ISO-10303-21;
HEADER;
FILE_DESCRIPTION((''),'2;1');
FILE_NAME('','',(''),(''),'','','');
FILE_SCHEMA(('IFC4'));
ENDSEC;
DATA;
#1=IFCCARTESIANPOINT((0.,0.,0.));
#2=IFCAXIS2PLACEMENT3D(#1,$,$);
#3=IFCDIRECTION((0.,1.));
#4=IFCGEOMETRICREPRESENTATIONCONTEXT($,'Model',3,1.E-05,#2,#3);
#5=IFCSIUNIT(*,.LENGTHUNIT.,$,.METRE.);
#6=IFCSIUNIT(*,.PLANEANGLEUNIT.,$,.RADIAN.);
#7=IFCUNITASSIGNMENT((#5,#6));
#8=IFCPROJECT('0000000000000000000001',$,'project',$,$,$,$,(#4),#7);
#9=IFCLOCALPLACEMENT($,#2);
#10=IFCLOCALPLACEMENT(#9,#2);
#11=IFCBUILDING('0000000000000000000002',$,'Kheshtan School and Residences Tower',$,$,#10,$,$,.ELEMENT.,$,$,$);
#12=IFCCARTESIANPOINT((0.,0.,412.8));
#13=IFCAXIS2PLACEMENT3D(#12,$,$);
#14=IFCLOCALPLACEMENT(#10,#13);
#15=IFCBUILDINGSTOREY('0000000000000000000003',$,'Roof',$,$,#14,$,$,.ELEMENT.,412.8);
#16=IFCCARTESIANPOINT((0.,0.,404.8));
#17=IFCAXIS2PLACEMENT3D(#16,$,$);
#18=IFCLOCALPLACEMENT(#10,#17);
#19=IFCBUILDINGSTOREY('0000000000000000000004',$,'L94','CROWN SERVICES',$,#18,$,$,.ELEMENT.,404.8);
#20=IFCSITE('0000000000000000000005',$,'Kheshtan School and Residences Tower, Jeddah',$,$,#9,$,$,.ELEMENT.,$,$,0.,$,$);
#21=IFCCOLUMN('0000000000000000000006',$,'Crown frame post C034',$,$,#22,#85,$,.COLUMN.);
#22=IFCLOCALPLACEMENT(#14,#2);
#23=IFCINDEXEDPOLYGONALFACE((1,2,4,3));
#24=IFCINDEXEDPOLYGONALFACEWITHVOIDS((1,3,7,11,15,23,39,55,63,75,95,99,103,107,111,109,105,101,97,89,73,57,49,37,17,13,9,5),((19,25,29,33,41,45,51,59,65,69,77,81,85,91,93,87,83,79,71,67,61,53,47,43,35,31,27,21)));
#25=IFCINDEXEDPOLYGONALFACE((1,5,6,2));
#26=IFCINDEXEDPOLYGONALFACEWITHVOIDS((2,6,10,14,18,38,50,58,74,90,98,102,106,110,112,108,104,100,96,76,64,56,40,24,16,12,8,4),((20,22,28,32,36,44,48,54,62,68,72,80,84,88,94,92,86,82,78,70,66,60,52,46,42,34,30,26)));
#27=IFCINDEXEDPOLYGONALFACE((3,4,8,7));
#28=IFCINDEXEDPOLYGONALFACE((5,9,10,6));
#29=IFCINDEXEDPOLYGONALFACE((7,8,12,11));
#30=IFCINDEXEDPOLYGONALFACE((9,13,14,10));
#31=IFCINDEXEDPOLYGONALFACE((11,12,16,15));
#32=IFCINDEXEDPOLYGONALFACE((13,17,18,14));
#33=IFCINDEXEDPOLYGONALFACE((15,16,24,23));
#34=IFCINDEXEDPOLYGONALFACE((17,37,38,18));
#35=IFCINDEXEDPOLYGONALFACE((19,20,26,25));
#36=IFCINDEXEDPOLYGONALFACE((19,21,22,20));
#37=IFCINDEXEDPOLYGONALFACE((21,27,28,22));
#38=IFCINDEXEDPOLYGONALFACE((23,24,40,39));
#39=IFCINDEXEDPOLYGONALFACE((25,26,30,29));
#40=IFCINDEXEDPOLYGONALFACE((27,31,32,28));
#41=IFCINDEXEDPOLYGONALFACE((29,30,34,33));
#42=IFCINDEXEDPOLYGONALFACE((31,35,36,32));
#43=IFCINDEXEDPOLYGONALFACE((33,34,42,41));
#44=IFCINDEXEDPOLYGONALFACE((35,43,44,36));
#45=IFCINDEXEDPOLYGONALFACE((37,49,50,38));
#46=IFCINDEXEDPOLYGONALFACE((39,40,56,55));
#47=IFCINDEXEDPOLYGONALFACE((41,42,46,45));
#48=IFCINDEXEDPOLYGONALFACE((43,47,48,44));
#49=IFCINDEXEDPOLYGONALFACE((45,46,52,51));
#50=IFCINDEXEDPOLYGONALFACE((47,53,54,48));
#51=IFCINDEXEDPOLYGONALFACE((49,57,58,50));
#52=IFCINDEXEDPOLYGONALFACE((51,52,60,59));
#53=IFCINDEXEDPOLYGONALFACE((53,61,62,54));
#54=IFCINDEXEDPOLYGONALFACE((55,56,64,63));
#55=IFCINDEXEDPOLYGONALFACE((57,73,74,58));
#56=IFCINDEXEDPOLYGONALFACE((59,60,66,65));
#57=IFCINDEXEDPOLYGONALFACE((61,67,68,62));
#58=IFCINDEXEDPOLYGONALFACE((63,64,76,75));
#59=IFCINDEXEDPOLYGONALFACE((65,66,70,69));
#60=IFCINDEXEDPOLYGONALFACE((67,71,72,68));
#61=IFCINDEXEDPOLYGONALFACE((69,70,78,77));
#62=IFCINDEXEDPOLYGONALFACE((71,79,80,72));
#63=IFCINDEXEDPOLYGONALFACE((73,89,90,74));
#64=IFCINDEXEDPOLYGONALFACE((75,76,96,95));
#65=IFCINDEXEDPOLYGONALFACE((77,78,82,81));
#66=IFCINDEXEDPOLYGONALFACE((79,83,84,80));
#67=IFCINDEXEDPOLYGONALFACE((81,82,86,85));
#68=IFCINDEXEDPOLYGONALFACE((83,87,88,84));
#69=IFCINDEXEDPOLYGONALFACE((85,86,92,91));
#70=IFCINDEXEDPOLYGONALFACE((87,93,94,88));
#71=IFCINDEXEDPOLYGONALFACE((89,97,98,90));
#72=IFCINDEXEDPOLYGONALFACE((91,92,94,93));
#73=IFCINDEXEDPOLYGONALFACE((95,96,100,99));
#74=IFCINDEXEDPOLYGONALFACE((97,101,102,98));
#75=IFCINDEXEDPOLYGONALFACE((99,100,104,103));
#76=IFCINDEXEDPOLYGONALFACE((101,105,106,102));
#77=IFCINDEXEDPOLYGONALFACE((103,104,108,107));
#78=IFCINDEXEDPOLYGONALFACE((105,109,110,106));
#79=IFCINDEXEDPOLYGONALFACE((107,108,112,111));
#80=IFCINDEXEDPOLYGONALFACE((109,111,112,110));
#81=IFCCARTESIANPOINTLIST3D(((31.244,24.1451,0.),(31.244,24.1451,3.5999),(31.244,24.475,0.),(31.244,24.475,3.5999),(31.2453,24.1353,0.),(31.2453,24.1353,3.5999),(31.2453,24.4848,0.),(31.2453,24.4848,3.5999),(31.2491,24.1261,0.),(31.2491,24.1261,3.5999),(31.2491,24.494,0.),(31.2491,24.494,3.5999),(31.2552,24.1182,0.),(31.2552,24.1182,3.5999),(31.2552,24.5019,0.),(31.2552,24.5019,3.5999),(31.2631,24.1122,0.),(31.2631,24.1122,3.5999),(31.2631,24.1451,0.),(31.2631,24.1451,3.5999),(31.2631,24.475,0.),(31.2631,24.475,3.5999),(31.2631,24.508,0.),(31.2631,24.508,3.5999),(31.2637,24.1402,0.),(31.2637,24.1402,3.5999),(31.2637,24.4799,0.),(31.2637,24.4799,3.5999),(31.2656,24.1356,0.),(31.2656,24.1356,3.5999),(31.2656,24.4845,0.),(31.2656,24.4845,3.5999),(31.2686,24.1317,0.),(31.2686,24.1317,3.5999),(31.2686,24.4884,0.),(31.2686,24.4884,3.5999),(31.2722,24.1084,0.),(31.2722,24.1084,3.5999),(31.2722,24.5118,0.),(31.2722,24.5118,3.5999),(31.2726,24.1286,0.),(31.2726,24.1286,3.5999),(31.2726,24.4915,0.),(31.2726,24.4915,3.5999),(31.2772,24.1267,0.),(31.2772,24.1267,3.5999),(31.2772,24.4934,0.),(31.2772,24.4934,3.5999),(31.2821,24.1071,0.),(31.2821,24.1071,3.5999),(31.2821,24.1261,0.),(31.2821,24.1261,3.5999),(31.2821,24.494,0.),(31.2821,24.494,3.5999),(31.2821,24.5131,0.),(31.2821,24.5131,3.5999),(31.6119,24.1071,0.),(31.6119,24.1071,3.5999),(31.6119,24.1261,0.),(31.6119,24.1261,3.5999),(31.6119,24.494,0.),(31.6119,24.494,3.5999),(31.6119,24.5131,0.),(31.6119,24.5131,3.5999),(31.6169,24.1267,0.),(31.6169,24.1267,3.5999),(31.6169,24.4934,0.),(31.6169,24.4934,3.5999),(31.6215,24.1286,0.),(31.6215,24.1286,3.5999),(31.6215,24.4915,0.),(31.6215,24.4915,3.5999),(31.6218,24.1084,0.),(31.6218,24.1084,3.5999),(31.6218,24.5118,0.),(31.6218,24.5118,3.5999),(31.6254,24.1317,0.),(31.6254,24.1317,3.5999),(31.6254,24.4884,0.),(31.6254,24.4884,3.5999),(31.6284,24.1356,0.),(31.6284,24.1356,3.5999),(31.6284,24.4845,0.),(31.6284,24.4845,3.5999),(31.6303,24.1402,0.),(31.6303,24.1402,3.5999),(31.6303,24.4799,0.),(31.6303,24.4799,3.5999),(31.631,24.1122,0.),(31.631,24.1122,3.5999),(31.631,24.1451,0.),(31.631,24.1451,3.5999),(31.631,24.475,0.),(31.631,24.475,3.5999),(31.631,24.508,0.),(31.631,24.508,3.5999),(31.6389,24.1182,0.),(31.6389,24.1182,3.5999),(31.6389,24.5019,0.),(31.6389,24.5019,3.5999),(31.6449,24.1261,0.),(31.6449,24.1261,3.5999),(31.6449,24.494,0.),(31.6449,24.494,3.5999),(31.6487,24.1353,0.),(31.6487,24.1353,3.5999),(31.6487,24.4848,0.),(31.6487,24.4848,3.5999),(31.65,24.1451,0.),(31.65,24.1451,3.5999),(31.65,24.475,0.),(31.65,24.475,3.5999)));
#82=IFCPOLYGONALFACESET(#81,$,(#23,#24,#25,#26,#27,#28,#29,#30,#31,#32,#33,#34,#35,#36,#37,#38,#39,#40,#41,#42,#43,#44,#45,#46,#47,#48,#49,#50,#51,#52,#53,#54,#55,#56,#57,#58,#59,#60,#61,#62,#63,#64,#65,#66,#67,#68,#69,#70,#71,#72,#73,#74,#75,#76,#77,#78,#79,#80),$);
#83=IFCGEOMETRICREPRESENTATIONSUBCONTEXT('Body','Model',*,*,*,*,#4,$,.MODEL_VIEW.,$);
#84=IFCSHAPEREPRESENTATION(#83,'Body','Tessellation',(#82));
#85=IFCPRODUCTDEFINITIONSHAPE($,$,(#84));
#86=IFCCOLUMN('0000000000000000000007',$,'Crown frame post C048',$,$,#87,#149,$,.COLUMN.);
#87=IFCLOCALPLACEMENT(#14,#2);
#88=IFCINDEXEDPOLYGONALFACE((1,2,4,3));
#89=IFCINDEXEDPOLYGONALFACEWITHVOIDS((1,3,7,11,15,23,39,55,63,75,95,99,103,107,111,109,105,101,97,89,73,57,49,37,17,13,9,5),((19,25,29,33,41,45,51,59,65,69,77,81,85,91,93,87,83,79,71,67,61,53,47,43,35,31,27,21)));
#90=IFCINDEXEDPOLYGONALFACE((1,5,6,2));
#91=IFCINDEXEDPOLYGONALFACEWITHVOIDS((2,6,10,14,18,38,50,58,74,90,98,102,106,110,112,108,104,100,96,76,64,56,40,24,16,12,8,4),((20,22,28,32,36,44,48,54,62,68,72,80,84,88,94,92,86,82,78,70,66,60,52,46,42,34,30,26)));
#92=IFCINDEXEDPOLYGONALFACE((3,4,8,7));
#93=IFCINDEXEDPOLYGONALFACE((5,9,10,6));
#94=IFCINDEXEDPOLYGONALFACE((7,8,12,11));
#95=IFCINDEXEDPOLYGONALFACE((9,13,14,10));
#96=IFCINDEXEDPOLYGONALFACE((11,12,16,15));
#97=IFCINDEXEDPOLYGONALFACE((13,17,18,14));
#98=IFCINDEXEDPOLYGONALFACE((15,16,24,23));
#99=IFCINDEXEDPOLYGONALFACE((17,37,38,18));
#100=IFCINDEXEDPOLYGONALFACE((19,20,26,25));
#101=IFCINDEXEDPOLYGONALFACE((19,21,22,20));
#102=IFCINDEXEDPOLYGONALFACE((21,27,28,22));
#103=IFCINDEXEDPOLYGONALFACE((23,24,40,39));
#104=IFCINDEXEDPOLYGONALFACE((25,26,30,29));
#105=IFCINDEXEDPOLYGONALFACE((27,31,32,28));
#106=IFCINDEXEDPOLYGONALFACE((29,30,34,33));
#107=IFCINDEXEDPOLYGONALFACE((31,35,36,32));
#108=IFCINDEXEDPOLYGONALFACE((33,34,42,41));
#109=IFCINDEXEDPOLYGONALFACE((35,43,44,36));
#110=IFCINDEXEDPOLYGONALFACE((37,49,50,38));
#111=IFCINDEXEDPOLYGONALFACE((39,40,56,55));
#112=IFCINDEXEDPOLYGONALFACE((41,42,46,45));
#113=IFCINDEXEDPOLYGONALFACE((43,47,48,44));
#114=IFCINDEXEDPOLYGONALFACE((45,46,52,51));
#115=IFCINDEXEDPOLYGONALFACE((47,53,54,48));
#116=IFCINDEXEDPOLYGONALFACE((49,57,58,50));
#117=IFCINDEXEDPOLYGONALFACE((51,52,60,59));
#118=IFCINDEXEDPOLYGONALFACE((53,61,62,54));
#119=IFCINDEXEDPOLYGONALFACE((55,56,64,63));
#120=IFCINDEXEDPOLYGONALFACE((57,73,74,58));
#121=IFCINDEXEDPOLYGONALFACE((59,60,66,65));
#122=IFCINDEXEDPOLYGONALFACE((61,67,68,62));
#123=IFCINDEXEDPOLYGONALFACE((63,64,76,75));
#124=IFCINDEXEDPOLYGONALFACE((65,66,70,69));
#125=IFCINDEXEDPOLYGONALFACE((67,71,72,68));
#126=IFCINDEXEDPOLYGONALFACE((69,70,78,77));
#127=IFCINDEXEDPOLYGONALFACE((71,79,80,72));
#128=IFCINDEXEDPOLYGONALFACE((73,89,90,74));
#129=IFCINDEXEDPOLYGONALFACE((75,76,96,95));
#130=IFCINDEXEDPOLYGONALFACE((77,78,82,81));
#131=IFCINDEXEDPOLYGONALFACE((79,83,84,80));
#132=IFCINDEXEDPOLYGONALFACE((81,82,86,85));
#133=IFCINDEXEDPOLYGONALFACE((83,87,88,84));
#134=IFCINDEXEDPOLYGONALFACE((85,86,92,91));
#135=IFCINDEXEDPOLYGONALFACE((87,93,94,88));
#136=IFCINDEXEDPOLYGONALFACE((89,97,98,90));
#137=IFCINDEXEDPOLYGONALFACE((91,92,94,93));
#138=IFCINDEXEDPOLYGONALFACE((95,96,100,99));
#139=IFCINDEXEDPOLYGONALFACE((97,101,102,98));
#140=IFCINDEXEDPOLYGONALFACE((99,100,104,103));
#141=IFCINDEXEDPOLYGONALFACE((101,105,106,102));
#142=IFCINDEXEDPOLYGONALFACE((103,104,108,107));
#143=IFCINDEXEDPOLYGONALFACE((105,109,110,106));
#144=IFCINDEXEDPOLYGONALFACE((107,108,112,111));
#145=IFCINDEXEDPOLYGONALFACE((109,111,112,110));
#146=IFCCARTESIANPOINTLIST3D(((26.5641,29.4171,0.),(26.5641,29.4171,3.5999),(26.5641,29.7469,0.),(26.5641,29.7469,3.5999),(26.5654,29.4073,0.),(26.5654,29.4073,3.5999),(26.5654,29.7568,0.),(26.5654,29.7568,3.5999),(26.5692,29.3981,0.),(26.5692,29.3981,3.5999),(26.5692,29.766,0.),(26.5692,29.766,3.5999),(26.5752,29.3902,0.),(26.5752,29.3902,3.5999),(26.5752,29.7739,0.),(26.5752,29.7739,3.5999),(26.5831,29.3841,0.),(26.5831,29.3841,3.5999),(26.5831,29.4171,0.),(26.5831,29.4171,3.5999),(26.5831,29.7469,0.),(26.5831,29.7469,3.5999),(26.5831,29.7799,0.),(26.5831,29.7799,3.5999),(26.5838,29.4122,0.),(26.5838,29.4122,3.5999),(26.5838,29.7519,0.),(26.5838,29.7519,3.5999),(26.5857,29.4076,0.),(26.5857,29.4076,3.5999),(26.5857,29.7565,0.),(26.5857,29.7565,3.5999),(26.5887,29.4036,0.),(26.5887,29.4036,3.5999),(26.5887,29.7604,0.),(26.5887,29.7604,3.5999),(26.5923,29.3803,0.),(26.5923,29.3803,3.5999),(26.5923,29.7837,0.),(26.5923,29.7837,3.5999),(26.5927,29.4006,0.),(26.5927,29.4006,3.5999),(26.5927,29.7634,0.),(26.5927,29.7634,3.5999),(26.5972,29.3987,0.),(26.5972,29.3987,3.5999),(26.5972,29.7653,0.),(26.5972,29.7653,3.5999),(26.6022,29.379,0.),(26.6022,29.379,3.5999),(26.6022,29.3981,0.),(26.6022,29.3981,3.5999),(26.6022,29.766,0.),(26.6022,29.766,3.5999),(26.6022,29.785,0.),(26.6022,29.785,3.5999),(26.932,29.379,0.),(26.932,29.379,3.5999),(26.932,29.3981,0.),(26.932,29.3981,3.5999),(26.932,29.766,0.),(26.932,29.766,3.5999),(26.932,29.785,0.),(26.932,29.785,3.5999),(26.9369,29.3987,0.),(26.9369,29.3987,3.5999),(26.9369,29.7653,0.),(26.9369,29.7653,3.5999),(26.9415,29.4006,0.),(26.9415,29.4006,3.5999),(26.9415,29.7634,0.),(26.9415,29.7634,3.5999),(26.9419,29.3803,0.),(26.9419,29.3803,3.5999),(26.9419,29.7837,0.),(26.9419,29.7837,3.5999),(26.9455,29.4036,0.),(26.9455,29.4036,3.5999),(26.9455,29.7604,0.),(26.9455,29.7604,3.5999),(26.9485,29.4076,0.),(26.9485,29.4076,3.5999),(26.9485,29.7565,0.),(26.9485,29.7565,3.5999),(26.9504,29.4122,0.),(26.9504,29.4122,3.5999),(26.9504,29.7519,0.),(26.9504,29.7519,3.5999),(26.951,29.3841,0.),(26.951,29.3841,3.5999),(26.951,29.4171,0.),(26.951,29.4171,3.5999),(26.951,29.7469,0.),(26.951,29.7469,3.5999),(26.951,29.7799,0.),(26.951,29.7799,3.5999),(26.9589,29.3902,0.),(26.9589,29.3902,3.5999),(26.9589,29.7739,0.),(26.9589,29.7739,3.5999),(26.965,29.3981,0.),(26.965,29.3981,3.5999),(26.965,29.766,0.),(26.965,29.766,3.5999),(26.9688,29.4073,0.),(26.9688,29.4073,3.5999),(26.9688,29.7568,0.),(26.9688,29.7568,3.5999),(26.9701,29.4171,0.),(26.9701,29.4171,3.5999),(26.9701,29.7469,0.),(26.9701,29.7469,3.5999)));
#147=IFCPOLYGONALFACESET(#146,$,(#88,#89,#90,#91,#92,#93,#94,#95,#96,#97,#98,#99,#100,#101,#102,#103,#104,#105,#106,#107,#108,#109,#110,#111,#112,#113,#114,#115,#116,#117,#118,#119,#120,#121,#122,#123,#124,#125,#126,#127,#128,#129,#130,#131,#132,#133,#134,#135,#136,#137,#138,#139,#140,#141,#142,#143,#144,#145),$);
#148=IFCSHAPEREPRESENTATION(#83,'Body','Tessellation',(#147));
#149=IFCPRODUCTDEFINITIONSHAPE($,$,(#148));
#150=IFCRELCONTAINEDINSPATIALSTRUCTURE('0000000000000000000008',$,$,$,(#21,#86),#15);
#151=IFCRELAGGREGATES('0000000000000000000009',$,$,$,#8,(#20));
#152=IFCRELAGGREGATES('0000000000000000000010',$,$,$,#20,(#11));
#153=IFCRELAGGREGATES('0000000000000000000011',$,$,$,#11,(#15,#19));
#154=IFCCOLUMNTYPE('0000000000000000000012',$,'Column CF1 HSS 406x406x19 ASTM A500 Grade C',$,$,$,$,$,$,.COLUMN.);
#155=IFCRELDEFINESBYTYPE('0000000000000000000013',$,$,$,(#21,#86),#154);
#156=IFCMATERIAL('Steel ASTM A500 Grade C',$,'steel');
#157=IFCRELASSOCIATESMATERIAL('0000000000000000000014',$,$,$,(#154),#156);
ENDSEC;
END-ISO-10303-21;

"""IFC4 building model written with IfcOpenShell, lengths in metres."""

from ifc_helpers import new_model, si_unit, direction, frame, origin, origin_2d, place, context, subcontext, project, spatial, hollow_rectangle, extrude, material, material_profile, profile_set, type_object, element, save


model = new_model("IFC4")

# Units and contexts
model_context = context("Model", 3, precision=1e-05, world=origin(), true_north=direction((0.0, 1.0)))
body_context = subcontext(model_context, "Body", "Model", "MODEL_VIEW")
ifc_project = project(units=[si_unit("LENGTHUNIT", "METRE"), si_unit("PLANEANGLEUNIT", "RADIAN")], contexts=[model_context])

# Site, building, storey
site_placement = place(None, origin())
site = spatial("IfcSite", under=ifc_project, at=site_placement, Name="Kheshtan School and Residences Tower, Jeddah", CompositionType="ELEMENT", RefElevation=0.0)
building_placement = place(site_placement, origin())
building = spatial("IfcBuilding", under=site, at=building_placement, Name="Kheshtan School and Residences Tower", CompositionType="ELEMENT")
storey_1_placement = place(building_placement, frame((0.0, 0.0, 412.8)))
storey_1 = spatial("IfcBuildingStorey", under=building, at=storey_1_placement, Name="Roof", CompositionType="ELEMENT", Elevation=412.8)

# Columns
ifc_material_1 = material(Name="Steel ASTM A500 Grade C", Category="steel")
ifc_material_profile = material_profile(ifc_material_1, hollow_rectangle(XDim=0.406, YDim=0.406, WallThickness=0.019, InnerFilletRadius=0.019, OuterFilletRadius=0.0381, at=origin_2d()), Name="HSS 406x406x19")
ifc_profile_set = profile_set([ifc_material_profile], Name="Steel ASTM A500 Grade C")
column_type = type_object("IfcColumnType", Name="Column CF1 HSS 406x406x19 ASTM A500 Grade C", PredefinedType="COLUMN", material=ifc_profile_set)
for number, where, z_axis, x_axis, name in (
    (1, (31.447, 24.3101, 0.0), (0.0, 0.0, 1.0), (1.0, 0.0, 0.0), "Crown frame post C034"),
    (2, (26.7671, 29.582, 0.0), (0.0, 0.0, 1.0), (1.0, 0.0, 0.0), "Crown frame post C048"),
):
    element("IfcColumn", number, at=place(storey_1_placement, frame(where, z_axis=z_axis, x_axis=x_axis)), inside=storey_1, type_object=column_type, Name=name, PredefinedType="COLUMN", context=body_context, shape_type="SweptSolid", body=[
        extrude(hollow_rectangle(XDim=0.406, YDim=0.406, WallThickness=0.019, InnerFilletRadius=0.019, OuterFilletRadius=0.0381, at=origin_2d()), origin(), (0.0, 0.0, 1.0), 3.5999),
    ])

# Shared definitions
storey_2_placement = place(building_placement, frame((0.0, 0.0, 404.8)))
storey_2 = spatial("IfcBuildingStorey", under=building, at=storey_2_placement, Name="L94", Description="CROWN SERVICES", CompositionType="ELEMENT", Elevation=404.8)

save(model, "model.ifc")
